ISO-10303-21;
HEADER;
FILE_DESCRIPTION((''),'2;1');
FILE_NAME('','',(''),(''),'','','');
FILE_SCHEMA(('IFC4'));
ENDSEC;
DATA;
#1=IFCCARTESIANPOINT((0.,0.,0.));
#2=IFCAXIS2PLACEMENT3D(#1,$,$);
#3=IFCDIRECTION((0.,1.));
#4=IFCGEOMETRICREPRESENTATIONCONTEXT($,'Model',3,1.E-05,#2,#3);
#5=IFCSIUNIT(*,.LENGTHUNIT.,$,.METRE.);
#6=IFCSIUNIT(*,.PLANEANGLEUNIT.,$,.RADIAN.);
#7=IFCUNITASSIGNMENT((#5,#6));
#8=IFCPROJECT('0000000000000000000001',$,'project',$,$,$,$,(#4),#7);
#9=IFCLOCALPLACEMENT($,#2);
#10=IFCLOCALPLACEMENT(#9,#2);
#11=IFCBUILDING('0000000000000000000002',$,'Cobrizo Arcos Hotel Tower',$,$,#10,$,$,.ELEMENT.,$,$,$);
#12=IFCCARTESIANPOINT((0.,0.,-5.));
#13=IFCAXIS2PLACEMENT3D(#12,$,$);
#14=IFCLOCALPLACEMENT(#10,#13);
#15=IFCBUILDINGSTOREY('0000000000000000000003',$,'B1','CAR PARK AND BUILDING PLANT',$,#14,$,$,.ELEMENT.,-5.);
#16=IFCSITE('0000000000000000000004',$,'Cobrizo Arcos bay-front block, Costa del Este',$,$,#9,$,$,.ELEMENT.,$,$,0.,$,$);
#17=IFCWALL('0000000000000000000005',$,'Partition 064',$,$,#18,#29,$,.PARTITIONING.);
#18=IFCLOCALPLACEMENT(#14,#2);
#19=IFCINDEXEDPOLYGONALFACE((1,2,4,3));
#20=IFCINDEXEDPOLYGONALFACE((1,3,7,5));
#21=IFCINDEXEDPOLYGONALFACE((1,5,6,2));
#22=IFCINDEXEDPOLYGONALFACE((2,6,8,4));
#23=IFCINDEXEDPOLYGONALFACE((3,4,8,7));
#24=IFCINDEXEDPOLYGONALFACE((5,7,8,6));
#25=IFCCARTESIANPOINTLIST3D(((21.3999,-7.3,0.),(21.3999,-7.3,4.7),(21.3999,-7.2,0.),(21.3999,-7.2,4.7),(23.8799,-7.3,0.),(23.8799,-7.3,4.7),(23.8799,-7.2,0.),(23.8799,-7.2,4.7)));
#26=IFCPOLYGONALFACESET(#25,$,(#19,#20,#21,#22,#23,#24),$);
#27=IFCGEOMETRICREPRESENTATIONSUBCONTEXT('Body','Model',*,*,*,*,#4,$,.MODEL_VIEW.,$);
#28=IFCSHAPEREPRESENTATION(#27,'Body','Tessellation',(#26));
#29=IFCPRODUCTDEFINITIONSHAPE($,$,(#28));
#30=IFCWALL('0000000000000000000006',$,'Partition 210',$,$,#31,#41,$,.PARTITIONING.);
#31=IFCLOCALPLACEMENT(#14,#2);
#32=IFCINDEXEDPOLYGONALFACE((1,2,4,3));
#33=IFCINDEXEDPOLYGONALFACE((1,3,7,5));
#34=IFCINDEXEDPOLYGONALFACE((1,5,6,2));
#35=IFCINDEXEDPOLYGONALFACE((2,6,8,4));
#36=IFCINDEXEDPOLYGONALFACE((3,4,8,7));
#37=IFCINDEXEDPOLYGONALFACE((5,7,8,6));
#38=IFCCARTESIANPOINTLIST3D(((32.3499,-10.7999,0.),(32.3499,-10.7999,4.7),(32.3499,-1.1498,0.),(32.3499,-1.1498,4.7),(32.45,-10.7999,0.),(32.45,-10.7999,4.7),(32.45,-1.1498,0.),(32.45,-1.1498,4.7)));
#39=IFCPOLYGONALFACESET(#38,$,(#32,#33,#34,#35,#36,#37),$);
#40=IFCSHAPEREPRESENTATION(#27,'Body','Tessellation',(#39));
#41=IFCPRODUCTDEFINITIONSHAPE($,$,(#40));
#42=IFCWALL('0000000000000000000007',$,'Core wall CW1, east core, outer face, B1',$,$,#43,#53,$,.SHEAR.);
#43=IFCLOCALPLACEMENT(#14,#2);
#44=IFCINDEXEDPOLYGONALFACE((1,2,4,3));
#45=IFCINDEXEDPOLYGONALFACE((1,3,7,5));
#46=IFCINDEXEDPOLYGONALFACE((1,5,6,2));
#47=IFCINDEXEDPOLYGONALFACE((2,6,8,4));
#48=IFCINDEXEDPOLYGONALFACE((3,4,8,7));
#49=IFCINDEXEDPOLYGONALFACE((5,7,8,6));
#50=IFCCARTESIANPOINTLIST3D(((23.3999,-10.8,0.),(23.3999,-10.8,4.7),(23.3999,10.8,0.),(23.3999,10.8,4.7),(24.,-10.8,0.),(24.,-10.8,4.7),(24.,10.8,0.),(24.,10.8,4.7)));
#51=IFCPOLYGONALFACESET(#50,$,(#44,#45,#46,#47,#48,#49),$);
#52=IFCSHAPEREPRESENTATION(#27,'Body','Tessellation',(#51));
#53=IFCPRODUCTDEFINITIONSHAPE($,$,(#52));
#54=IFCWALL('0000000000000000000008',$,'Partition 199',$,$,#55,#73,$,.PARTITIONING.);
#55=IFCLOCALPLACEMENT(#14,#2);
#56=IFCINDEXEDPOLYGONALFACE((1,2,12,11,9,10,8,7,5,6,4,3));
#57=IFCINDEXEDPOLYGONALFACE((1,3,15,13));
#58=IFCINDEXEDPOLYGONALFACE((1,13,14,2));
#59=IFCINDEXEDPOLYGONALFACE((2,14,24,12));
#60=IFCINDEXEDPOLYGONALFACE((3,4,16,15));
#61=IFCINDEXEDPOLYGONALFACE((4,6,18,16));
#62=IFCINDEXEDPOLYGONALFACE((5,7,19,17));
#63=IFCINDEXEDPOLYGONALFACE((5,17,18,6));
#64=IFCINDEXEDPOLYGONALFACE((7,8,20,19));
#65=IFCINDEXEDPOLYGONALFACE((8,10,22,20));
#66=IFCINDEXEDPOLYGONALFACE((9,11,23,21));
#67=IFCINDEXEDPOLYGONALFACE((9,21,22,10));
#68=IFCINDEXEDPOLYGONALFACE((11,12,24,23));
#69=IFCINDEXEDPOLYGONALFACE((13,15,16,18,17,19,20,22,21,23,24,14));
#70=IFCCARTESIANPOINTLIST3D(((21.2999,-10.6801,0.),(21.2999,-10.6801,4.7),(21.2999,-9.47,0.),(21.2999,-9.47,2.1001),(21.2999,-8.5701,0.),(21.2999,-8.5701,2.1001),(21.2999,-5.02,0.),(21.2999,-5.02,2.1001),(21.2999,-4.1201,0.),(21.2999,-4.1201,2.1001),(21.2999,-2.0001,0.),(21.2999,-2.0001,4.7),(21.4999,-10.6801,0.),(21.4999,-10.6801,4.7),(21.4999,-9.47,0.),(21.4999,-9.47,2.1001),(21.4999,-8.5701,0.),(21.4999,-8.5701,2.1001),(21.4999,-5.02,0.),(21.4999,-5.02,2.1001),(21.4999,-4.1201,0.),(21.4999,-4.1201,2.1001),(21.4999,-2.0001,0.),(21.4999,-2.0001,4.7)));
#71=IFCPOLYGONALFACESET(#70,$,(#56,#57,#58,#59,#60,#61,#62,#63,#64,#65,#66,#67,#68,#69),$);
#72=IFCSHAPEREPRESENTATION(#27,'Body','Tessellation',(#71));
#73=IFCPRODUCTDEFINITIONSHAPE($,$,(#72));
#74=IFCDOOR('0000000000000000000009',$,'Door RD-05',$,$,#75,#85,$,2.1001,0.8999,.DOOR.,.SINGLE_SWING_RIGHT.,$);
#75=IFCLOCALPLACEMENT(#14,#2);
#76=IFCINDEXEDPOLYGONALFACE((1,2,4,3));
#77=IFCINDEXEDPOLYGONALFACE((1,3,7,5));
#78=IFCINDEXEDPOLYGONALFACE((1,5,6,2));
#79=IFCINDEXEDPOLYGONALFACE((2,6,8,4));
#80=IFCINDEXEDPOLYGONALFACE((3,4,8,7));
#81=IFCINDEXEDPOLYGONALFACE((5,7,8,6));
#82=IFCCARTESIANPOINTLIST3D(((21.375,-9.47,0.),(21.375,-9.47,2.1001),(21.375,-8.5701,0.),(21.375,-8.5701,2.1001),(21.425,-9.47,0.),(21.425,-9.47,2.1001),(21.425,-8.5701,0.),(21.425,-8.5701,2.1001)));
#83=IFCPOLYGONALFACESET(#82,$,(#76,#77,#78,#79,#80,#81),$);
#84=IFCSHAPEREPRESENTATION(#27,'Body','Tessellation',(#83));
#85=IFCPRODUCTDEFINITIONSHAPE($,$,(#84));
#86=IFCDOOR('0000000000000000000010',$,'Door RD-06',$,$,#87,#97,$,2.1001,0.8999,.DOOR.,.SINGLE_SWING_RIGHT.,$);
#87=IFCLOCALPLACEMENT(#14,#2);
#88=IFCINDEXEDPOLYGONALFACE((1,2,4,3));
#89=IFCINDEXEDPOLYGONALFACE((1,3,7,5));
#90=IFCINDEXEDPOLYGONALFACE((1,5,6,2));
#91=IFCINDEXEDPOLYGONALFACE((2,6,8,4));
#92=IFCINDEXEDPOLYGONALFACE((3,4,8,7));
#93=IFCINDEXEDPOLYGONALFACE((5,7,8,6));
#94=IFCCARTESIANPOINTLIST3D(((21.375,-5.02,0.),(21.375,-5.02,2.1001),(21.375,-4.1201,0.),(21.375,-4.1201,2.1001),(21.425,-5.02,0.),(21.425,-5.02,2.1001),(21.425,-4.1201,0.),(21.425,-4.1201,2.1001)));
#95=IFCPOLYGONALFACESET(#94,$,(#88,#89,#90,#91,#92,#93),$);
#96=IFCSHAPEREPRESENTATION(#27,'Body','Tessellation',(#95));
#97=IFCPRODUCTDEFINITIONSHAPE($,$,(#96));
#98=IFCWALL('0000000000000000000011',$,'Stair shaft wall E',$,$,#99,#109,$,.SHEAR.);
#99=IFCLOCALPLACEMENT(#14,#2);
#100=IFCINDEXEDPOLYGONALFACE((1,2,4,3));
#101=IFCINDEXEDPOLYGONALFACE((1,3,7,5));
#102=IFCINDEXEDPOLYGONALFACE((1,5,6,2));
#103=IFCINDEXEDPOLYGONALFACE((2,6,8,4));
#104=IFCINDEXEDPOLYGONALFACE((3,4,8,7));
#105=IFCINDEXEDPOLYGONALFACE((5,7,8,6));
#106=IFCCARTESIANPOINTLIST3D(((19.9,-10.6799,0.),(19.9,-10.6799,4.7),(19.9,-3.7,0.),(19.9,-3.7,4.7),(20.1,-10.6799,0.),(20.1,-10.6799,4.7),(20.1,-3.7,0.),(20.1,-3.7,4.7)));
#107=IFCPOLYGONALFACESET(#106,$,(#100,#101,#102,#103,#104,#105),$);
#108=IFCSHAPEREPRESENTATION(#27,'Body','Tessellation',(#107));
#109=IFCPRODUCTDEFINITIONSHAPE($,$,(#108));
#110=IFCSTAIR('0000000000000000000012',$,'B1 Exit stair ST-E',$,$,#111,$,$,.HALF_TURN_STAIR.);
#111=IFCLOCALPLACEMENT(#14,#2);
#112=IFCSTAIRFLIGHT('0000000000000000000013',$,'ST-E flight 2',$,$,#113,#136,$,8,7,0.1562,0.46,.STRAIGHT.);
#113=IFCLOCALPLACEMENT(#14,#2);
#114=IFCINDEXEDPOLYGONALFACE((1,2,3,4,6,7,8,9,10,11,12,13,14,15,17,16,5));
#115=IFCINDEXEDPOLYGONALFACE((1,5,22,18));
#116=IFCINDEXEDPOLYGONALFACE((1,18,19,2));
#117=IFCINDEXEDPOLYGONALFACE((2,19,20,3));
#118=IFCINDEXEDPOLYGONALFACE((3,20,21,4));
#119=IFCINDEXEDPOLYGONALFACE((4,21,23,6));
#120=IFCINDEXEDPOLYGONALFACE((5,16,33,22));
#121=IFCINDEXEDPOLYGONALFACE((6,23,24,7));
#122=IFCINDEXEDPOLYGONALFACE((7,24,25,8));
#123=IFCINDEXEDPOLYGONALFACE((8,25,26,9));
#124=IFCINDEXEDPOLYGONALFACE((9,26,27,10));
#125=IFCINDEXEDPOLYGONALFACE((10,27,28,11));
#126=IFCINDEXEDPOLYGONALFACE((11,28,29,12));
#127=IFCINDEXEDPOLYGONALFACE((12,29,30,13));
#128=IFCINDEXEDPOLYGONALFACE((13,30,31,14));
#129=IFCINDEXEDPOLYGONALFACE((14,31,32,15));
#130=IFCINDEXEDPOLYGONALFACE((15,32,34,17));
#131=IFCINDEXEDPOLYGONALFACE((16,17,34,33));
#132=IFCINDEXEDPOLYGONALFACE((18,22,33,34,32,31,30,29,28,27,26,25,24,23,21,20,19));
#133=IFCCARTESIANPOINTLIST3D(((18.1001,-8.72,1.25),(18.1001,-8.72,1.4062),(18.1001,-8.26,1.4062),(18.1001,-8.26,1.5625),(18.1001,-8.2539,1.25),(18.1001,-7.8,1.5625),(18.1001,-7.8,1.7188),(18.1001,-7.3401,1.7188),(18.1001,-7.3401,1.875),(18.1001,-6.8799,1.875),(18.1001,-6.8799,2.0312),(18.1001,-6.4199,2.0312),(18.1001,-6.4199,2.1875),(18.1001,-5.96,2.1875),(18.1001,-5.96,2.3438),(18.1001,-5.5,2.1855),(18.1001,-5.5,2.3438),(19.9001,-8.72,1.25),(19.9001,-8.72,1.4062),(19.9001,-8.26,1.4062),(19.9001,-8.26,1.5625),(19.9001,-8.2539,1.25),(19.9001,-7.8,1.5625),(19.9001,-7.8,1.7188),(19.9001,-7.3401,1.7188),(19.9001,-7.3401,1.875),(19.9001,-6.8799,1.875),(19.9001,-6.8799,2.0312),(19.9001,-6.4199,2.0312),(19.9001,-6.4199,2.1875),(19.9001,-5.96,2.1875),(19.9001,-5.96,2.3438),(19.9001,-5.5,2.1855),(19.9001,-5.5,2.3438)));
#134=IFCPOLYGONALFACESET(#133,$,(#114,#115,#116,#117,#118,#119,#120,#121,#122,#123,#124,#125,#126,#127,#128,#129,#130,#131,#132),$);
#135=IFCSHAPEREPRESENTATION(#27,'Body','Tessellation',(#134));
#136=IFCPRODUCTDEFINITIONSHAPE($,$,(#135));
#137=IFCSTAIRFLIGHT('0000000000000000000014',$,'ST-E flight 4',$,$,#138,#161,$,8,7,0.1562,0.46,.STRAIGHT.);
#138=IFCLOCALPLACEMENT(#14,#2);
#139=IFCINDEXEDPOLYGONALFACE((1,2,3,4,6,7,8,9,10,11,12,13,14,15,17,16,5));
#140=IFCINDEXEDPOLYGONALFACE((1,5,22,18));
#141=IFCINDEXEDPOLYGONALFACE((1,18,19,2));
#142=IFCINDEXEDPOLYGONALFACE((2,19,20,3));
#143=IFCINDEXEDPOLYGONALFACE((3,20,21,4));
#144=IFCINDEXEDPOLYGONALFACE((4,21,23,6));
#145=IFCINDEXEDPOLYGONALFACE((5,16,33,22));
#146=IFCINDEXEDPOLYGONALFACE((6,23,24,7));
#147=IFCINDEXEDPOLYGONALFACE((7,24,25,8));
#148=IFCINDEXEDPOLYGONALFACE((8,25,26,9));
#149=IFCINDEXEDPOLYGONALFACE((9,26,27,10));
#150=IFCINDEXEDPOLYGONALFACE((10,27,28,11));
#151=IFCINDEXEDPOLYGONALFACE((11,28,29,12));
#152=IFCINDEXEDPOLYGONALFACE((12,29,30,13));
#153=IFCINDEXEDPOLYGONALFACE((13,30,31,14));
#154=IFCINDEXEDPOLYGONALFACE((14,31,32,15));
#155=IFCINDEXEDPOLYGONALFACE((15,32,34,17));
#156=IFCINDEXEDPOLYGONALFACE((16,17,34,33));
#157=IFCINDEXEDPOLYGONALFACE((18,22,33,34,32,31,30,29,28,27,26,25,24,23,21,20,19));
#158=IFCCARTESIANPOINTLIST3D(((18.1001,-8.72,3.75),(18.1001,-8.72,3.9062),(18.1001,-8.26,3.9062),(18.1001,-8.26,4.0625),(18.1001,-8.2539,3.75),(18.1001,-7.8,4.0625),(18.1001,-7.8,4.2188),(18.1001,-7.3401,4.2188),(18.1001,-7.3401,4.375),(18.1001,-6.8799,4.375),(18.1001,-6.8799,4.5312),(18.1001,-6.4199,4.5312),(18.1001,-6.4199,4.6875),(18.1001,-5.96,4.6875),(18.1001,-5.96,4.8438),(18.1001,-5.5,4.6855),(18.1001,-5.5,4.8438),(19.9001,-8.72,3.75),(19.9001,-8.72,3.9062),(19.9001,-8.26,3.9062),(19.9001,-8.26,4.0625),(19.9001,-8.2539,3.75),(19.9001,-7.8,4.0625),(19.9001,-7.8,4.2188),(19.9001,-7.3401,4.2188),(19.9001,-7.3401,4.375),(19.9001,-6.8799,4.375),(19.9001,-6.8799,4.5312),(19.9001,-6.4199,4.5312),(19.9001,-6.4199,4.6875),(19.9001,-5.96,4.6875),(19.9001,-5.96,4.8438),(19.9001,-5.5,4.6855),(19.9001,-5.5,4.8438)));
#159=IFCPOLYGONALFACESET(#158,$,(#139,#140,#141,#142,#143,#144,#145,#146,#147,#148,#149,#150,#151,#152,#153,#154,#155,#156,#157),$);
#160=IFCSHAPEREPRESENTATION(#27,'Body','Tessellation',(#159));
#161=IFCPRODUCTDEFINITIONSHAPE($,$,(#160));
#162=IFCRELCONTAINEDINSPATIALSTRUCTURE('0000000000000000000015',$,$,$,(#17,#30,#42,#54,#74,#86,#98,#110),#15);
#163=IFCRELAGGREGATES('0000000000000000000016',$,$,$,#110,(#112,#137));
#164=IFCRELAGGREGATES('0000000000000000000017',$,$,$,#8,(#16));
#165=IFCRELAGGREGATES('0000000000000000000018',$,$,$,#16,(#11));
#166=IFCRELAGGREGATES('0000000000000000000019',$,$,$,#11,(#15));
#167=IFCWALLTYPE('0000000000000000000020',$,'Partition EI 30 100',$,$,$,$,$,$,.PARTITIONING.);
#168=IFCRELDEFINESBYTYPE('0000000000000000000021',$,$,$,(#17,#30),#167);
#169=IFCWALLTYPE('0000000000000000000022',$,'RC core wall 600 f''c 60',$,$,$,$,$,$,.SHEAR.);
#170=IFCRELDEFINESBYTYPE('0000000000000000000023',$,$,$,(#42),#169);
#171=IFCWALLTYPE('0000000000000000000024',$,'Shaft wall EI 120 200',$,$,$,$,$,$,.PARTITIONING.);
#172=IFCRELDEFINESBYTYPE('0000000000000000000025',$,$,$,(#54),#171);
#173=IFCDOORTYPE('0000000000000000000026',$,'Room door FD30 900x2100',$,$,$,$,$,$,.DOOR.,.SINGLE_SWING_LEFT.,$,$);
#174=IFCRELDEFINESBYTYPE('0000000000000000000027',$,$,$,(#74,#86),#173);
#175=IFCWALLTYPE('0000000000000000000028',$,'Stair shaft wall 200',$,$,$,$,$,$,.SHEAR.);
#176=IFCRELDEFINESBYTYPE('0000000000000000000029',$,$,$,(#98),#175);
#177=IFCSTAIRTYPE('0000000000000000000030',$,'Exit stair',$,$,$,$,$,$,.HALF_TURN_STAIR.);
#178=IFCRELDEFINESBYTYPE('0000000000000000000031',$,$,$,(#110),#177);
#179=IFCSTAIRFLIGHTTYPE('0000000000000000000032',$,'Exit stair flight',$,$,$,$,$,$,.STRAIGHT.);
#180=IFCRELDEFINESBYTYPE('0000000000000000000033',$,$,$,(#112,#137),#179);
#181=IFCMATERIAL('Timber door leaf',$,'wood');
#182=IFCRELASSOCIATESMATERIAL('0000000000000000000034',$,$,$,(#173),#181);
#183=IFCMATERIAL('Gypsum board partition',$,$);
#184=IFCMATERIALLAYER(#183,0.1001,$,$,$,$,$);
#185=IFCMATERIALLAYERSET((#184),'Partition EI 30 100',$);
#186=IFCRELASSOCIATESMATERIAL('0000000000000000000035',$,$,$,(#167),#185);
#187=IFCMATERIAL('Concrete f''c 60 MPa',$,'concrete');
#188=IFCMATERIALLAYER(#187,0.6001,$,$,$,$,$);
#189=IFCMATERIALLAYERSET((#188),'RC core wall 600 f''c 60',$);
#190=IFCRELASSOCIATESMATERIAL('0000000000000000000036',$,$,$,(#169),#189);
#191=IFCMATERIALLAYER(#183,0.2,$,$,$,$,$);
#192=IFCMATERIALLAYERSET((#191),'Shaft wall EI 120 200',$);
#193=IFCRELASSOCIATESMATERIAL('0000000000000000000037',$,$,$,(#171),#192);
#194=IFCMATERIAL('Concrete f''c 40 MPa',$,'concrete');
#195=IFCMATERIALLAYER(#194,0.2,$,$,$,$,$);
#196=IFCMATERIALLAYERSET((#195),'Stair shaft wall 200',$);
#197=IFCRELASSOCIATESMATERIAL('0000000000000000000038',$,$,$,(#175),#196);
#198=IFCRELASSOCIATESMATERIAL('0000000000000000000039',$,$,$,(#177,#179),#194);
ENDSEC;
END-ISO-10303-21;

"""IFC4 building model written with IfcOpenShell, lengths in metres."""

from ifc_helpers import new_model, si_unit, direction, frame, frame_2d, origin, place, context, subcontext, project, spatial, polyline, rectangle, outline, extrude, material, layer, layer_set, type_object, element, fill, aggregate, save


model = new_model("IFC4")

# Units and contexts
model_context = context("Model", 3, precision=1e-05, world=origin(), true_north=direction((0.0, 1.0)))
body_context = subcontext(model_context, "Body", "Model", "MODEL_VIEW")
ifc_project = project(units=[si_unit("LENGTHUNIT", "METRE"), si_unit("PLANEANGLEUNIT", "RADIAN")], contexts=[model_context])

# Site, building, storey
site_placement = place(None, origin())
site = spatial("IfcSite", under=ifc_project, at=site_placement, Name="Cobrizo Arcos bay-front block, Costa del Este", CompositionType="ELEMENT", RefElevation=0.0)
building_placement = place(site_placement, origin())
building = spatial("IfcBuilding", under=site, at=building_placement, Name="Cobrizo Arcos Hotel Tower", CompositionType="ELEMENT")
storey_placement = place(building_placement, frame((0.0, 0.0, -5.0)))
storey = spatial("IfcBuildingStorey", under=building, at=storey_placement, Name="B1", Description="CAR PARK AND BUILDING PLANT", CompositionType="ELEMENT", Elevation=-5.0)

# Shared definitions
ifc_material_1 = material(Name="Gypsum board partition")

# Shared definitions
ifc_material_2 = material(Name="Timber door leaf", Category="wood")
door_type = type_object("IfcDoorType", Name="Room door FD30 900x2100", OperationType="SINGLE_SWING_LEFT", PredefinedType="DOOR", material=ifc_material_2)

# Walls
ifc_layer_1 = layer(ifc_material_1, 0.1001)
ifc_layer_set_1 = layer_set([ifc_layer_1], Name="Partition EI 30 100")
wall_type_1 = type_object("IfcWallType", Name="Partition EI 30 100", PredefinedType="PARTITIONING", material=ifc_layer_set_1)
wall_1_placement = place(storey_placement, frame((21.3999, -7.25, 0.0), z_axis=(0.0, 0.0, 1.0), x_axis=(1.0, 0.0, 0.0)))
element("IfcWall", 1, at=wall_1_placement, inside=storey, type_object=wall_type_1, Name="Partition 064", PredefinedType="PARTITIONING", context=body_context, shape_type="SweptSolid", body=[
    extrude(rectangle(XDim=2.48, YDim=0.1001, at=frame_2d((1.24, 0.0))), origin(), (0.0, 0.0, 1.0), 4.7),
])
wall_2_placement = place(storey_placement, frame((32.3999, -10.8, 0.0), z_axis=(0.0, 0.0, 1.0), x_axis=(0.0, 1.0, 0.0)))
element("IfcWall", 2, at=wall_2_placement, inside=storey, type_object=wall_type_1, Name="Partition 210", PredefinedType="PARTITIONING", context=body_context, shape_type="SweptSolid", body=[
    extrude(rectangle(XDim=9.6501, YDim=0.1001, at=frame_2d((4.8252, 0.0))), origin(), (0.0, 0.0, 1.0), 4.7),
])
ifc_material_3 = material(Name="Concrete f'c 60 MPa", Category="concrete")
ifc_layer_2 = layer(ifc_material_3, 0.6001)
ifc_layer_set_2 = layer_set([ifc_layer_2], Name="RC core wall 600 f'c 60")
wall_type_2 = type_object("IfcWallType", Name="RC core wall 600 f'c 60", PredefinedType="SHEAR", material=ifc_layer_set_2)
wall_3_placement = place(storey_placement, frame((23.7, -10.8, 0.0), z_axis=(0.0, 0.0, 1.0), x_axis=(0.0, 1.0, 0.0)))
element("IfcWall", 3, at=wall_3_placement, inside=storey, type_object=wall_type_2, Name="Core wall CW1, east core, outer face, B1", PredefinedType="SHEAR", context=body_context, shape_type="SweptSolid", body=[
    extrude(rectangle(XDim=21.6001, YDim=0.6001, at=frame_2d((10.8, 0.0))), origin(), (0.0, 0.0, 1.0), 4.7),
])

# Wall, openings, doors
ifc_layer_3 = layer(ifc_material_1, 0.2)
ifc_layer_set_3 = layer_set([ifc_layer_3], Name="Shaft wall EI 120 200")
wall_type_3 = type_object("IfcWallType", Name="Shaft wall EI 120 200", PredefinedType="PARTITIONING", material=ifc_layer_set_3)
wall_4_placement = place(storey_placement, frame((21.3999, -10.6799, 0.0), z_axis=(0.0, 0.0, 1.0), x_axis=(0.0, 1.0, 0.0)))
wall_4 = element("IfcWall", 4, at=wall_4_placement, inside=storey, type_object=wall_type_3, Name="Partition 199", PredefinedType="PARTITIONING", context=body_context, shape_type="SweptSolid", body=[
    extrude(rectangle(XDim=8.6799, YDim=0.2, at=frame_2d((4.3398, 0.0))), origin(), (0.0, 0.0, 1.0), 4.7),
])
opening_1_placement = place(wall_4_placement, frame((1.21, 0.0, 0.0)))
opening_1 = element("IfcOpeningElement", 5, at=opening_1_placement, cuts=wall_4, PredefinedType="OPENING", context=body_context, shape_type="SweptSolid", body=[
    extrude(rectangle(XDim=0.8999, YDim=2.1001, at=frame_2d((0.45, 1.05))), frame((0.0, 0.1121, 0.0), z_axis=(0.0, -1.0, 0.0), x_axis=(1.0, 0.0, 0.0)), (0.0, 0.0, 1.0), 0.2239),
])
opening_2_placement = place(wall_4_placement, frame((5.6599, 0.0, 0.0)))
opening_2 = element("IfcOpeningElement", 6, at=opening_2_placement, cuts=wall_4, PredefinedType="OPENING", context=body_context, shape_type="SweptSolid", body=[
    extrude(rectangle(XDim=0.8999, YDim=2.1001, at=frame_2d((0.45, 1.05))), frame((0.0, 0.1121, 0.0), z_axis=(0.0, -1.0, 0.0), x_axis=(1.0, 0.0, 0.0)), (0.0, 0.0, 1.0), 0.2239),
])
door_1_placement = place(opening_1_placement, origin())
door_1 = element("IfcDoor", 7, at=door_1_placement, inside=storey, type_object=door_type, Name="Door RD-05", OperationType="SINGLE_SWING_RIGHT", OverallHeight=2.1001, OverallWidth=0.8999, PredefinedType="DOOR", context=body_context, shape_type="SweptSolid", body=[
    extrude(rectangle(XDim=0.8999, YDim=2.1001, at=frame_2d((0.45, 1.05))), frame((0.0, 0.0249, 0.0), z_axis=(0.0, -1.0, 0.0), x_axis=(1.0, 0.0, 0.0)), (0.0, 0.0, 1.0), 0.05),
])
fill(opening_1, door_1)
door_2_placement = place(opening_2_placement, origin())
door_2 = element("IfcDoor", 8, at=door_2_placement, inside=storey, type_object=door_type, Name="Door RD-06", OperationType="SINGLE_SWING_RIGHT", OverallHeight=2.1001, OverallWidth=0.8999, PredefinedType="DOOR", context=body_context, shape_type="SweptSolid", body=[
    extrude(rectangle(XDim=0.8999, YDim=2.1001, at=frame_2d((0.45, 1.05))), frame((0.0, 0.0249, 0.0), z_axis=(0.0, -1.0, 0.0), x_axis=(1.0, 0.0, 0.0)), (0.0, 0.0, 1.0), 0.05),
])
fill(opening_2, door_2)

# Wall
ifc_material_4 = material(Name="Concrete f'c 40 MPa", Category="concrete")
ifc_layer_4 = layer(ifc_material_4, 0.2)
ifc_layer_set_4 = layer_set([ifc_layer_4], Name="Stair shaft wall 200")
wall_type_4 = type_object("IfcWallType", Name="Stair shaft wall 200", PredefinedType="SHEAR", material=ifc_layer_set_4)
wall_5_placement = place(storey_placement, frame((20.0, -10.6799, 0.0), z_axis=(0.0, 0.0, 1.0), x_axis=(0.0, 1.0, 0.0)))
element("IfcWall", 9, at=wall_5_placement, inside=storey, type_object=wall_type_4, Name="Stair shaft wall E", PredefinedType="SHEAR", context=body_context, shape_type="SweptSolid", body=[
    extrude(rectangle(XDim=6.98, YDim=0.2, at=frame_2d((3.49, 0.0))), origin(), (0.0, 0.0, 1.0), 4.7),
])

# Stair, stair flights
stair_type = type_object("IfcStairType", Name="Exit stair", PredefinedType="HALF_TURN_STAIR", material=ifc_material_4)
stair_placement = place(storey_placement, origin())
stair = element("IfcStair", 10, at=stair_placement, inside=storey, type_object=stair_type, Name="B1 Exit stair ST-E", PredefinedType="HALF_TURN_STAIR")
stair_flight_type = type_object("IfcStairFlightType", Name="Exit stair flight", PredefinedType="STRAIGHT", material=ifc_material_4)
stair_flight_1_placement = place(storey_placement, frame((19.0, -8.72, 1.25), z_axis=(0.0, 0.0, 1.0), x_axis=(0.0, 1.0, 0.0)))
stair_flight_1 = element("IfcStairFlight", 11, at=stair_flight_1_placement, type_object=stair_flight_type, Name="ST-E flight 2", NumberOfRisers=8, NumberOfTreads=7, PredefinedType="STRAIGHT", RiserHeight=0.1562, TreadLength=0.46, context=body_context, shape_type="SweptSolid", body=[
    extrude(outline(polyline([(0.0, 0.0), (0.0, 0.1562), (0.46, 0.1562), (0.46, 0.3125), (0.9199, 0.3125), (0.9199, 0.4688), (1.3799, 0.4688), (1.3799, 0.625), (1.8401, 0.625), (1.8401, 0.7812), (2.3, 0.7812), (2.3, 0.9375), (2.76, 0.9375), (2.76, 1.0938), (3.22, 1.0938), (3.22, 1.25), (3.22, 0.9355), (0.4661, 0.0), (0.0, 0.0)])), frame((0.0, 0.8999, 0.0), z_axis=(0.0, -1.0, 0.0), x_axis=(1.0, 0.0, 0.0)), (0.0, 0.0, 1.0), 1.8),
])
stair_flight_2_placement = place(storey_placement, frame((19.0, -8.72, 3.75), z_axis=(0.0, 0.0, 1.0), x_axis=(0.0, 1.0, 0.0)))
stair_flight_2 = element("IfcStairFlight", 12, at=stair_flight_2_placement, type_object=stair_flight_type, Name="ST-E flight 4", NumberOfRisers=8, NumberOfTreads=7, PredefinedType="STRAIGHT", RiserHeight=0.1562, TreadLength=0.46, context=body_context, shape_type="SweptSolid", body=[
    extrude(outline(polyline([(0.0, 0.0), (0.0, 0.1562), (0.46, 0.1562), (0.46, 0.3125), (0.9199, 0.3125), (0.9199, 0.4688), (1.3799, 0.4688), (1.3799, 0.625), (1.8401, 0.625), (1.8401, 0.7812), (2.3, 0.7812), (2.3, 0.9375), (2.76, 0.9375), (2.76, 1.0938), (3.22, 1.0938), (3.22, 1.25), (3.22, 0.9355), (0.4661, 0.0), (0.0, 0.0)])), frame((0.0, 0.8999, 0.0), z_axis=(0.0, -1.0, 0.0), x_axis=(1.0, 0.0, 0.0)), (0.0, 0.0, 1.0), 1.8),
])
aggregate(stair, [stair_flight_1, stair_flight_2])

save(model, "model.ifc")
